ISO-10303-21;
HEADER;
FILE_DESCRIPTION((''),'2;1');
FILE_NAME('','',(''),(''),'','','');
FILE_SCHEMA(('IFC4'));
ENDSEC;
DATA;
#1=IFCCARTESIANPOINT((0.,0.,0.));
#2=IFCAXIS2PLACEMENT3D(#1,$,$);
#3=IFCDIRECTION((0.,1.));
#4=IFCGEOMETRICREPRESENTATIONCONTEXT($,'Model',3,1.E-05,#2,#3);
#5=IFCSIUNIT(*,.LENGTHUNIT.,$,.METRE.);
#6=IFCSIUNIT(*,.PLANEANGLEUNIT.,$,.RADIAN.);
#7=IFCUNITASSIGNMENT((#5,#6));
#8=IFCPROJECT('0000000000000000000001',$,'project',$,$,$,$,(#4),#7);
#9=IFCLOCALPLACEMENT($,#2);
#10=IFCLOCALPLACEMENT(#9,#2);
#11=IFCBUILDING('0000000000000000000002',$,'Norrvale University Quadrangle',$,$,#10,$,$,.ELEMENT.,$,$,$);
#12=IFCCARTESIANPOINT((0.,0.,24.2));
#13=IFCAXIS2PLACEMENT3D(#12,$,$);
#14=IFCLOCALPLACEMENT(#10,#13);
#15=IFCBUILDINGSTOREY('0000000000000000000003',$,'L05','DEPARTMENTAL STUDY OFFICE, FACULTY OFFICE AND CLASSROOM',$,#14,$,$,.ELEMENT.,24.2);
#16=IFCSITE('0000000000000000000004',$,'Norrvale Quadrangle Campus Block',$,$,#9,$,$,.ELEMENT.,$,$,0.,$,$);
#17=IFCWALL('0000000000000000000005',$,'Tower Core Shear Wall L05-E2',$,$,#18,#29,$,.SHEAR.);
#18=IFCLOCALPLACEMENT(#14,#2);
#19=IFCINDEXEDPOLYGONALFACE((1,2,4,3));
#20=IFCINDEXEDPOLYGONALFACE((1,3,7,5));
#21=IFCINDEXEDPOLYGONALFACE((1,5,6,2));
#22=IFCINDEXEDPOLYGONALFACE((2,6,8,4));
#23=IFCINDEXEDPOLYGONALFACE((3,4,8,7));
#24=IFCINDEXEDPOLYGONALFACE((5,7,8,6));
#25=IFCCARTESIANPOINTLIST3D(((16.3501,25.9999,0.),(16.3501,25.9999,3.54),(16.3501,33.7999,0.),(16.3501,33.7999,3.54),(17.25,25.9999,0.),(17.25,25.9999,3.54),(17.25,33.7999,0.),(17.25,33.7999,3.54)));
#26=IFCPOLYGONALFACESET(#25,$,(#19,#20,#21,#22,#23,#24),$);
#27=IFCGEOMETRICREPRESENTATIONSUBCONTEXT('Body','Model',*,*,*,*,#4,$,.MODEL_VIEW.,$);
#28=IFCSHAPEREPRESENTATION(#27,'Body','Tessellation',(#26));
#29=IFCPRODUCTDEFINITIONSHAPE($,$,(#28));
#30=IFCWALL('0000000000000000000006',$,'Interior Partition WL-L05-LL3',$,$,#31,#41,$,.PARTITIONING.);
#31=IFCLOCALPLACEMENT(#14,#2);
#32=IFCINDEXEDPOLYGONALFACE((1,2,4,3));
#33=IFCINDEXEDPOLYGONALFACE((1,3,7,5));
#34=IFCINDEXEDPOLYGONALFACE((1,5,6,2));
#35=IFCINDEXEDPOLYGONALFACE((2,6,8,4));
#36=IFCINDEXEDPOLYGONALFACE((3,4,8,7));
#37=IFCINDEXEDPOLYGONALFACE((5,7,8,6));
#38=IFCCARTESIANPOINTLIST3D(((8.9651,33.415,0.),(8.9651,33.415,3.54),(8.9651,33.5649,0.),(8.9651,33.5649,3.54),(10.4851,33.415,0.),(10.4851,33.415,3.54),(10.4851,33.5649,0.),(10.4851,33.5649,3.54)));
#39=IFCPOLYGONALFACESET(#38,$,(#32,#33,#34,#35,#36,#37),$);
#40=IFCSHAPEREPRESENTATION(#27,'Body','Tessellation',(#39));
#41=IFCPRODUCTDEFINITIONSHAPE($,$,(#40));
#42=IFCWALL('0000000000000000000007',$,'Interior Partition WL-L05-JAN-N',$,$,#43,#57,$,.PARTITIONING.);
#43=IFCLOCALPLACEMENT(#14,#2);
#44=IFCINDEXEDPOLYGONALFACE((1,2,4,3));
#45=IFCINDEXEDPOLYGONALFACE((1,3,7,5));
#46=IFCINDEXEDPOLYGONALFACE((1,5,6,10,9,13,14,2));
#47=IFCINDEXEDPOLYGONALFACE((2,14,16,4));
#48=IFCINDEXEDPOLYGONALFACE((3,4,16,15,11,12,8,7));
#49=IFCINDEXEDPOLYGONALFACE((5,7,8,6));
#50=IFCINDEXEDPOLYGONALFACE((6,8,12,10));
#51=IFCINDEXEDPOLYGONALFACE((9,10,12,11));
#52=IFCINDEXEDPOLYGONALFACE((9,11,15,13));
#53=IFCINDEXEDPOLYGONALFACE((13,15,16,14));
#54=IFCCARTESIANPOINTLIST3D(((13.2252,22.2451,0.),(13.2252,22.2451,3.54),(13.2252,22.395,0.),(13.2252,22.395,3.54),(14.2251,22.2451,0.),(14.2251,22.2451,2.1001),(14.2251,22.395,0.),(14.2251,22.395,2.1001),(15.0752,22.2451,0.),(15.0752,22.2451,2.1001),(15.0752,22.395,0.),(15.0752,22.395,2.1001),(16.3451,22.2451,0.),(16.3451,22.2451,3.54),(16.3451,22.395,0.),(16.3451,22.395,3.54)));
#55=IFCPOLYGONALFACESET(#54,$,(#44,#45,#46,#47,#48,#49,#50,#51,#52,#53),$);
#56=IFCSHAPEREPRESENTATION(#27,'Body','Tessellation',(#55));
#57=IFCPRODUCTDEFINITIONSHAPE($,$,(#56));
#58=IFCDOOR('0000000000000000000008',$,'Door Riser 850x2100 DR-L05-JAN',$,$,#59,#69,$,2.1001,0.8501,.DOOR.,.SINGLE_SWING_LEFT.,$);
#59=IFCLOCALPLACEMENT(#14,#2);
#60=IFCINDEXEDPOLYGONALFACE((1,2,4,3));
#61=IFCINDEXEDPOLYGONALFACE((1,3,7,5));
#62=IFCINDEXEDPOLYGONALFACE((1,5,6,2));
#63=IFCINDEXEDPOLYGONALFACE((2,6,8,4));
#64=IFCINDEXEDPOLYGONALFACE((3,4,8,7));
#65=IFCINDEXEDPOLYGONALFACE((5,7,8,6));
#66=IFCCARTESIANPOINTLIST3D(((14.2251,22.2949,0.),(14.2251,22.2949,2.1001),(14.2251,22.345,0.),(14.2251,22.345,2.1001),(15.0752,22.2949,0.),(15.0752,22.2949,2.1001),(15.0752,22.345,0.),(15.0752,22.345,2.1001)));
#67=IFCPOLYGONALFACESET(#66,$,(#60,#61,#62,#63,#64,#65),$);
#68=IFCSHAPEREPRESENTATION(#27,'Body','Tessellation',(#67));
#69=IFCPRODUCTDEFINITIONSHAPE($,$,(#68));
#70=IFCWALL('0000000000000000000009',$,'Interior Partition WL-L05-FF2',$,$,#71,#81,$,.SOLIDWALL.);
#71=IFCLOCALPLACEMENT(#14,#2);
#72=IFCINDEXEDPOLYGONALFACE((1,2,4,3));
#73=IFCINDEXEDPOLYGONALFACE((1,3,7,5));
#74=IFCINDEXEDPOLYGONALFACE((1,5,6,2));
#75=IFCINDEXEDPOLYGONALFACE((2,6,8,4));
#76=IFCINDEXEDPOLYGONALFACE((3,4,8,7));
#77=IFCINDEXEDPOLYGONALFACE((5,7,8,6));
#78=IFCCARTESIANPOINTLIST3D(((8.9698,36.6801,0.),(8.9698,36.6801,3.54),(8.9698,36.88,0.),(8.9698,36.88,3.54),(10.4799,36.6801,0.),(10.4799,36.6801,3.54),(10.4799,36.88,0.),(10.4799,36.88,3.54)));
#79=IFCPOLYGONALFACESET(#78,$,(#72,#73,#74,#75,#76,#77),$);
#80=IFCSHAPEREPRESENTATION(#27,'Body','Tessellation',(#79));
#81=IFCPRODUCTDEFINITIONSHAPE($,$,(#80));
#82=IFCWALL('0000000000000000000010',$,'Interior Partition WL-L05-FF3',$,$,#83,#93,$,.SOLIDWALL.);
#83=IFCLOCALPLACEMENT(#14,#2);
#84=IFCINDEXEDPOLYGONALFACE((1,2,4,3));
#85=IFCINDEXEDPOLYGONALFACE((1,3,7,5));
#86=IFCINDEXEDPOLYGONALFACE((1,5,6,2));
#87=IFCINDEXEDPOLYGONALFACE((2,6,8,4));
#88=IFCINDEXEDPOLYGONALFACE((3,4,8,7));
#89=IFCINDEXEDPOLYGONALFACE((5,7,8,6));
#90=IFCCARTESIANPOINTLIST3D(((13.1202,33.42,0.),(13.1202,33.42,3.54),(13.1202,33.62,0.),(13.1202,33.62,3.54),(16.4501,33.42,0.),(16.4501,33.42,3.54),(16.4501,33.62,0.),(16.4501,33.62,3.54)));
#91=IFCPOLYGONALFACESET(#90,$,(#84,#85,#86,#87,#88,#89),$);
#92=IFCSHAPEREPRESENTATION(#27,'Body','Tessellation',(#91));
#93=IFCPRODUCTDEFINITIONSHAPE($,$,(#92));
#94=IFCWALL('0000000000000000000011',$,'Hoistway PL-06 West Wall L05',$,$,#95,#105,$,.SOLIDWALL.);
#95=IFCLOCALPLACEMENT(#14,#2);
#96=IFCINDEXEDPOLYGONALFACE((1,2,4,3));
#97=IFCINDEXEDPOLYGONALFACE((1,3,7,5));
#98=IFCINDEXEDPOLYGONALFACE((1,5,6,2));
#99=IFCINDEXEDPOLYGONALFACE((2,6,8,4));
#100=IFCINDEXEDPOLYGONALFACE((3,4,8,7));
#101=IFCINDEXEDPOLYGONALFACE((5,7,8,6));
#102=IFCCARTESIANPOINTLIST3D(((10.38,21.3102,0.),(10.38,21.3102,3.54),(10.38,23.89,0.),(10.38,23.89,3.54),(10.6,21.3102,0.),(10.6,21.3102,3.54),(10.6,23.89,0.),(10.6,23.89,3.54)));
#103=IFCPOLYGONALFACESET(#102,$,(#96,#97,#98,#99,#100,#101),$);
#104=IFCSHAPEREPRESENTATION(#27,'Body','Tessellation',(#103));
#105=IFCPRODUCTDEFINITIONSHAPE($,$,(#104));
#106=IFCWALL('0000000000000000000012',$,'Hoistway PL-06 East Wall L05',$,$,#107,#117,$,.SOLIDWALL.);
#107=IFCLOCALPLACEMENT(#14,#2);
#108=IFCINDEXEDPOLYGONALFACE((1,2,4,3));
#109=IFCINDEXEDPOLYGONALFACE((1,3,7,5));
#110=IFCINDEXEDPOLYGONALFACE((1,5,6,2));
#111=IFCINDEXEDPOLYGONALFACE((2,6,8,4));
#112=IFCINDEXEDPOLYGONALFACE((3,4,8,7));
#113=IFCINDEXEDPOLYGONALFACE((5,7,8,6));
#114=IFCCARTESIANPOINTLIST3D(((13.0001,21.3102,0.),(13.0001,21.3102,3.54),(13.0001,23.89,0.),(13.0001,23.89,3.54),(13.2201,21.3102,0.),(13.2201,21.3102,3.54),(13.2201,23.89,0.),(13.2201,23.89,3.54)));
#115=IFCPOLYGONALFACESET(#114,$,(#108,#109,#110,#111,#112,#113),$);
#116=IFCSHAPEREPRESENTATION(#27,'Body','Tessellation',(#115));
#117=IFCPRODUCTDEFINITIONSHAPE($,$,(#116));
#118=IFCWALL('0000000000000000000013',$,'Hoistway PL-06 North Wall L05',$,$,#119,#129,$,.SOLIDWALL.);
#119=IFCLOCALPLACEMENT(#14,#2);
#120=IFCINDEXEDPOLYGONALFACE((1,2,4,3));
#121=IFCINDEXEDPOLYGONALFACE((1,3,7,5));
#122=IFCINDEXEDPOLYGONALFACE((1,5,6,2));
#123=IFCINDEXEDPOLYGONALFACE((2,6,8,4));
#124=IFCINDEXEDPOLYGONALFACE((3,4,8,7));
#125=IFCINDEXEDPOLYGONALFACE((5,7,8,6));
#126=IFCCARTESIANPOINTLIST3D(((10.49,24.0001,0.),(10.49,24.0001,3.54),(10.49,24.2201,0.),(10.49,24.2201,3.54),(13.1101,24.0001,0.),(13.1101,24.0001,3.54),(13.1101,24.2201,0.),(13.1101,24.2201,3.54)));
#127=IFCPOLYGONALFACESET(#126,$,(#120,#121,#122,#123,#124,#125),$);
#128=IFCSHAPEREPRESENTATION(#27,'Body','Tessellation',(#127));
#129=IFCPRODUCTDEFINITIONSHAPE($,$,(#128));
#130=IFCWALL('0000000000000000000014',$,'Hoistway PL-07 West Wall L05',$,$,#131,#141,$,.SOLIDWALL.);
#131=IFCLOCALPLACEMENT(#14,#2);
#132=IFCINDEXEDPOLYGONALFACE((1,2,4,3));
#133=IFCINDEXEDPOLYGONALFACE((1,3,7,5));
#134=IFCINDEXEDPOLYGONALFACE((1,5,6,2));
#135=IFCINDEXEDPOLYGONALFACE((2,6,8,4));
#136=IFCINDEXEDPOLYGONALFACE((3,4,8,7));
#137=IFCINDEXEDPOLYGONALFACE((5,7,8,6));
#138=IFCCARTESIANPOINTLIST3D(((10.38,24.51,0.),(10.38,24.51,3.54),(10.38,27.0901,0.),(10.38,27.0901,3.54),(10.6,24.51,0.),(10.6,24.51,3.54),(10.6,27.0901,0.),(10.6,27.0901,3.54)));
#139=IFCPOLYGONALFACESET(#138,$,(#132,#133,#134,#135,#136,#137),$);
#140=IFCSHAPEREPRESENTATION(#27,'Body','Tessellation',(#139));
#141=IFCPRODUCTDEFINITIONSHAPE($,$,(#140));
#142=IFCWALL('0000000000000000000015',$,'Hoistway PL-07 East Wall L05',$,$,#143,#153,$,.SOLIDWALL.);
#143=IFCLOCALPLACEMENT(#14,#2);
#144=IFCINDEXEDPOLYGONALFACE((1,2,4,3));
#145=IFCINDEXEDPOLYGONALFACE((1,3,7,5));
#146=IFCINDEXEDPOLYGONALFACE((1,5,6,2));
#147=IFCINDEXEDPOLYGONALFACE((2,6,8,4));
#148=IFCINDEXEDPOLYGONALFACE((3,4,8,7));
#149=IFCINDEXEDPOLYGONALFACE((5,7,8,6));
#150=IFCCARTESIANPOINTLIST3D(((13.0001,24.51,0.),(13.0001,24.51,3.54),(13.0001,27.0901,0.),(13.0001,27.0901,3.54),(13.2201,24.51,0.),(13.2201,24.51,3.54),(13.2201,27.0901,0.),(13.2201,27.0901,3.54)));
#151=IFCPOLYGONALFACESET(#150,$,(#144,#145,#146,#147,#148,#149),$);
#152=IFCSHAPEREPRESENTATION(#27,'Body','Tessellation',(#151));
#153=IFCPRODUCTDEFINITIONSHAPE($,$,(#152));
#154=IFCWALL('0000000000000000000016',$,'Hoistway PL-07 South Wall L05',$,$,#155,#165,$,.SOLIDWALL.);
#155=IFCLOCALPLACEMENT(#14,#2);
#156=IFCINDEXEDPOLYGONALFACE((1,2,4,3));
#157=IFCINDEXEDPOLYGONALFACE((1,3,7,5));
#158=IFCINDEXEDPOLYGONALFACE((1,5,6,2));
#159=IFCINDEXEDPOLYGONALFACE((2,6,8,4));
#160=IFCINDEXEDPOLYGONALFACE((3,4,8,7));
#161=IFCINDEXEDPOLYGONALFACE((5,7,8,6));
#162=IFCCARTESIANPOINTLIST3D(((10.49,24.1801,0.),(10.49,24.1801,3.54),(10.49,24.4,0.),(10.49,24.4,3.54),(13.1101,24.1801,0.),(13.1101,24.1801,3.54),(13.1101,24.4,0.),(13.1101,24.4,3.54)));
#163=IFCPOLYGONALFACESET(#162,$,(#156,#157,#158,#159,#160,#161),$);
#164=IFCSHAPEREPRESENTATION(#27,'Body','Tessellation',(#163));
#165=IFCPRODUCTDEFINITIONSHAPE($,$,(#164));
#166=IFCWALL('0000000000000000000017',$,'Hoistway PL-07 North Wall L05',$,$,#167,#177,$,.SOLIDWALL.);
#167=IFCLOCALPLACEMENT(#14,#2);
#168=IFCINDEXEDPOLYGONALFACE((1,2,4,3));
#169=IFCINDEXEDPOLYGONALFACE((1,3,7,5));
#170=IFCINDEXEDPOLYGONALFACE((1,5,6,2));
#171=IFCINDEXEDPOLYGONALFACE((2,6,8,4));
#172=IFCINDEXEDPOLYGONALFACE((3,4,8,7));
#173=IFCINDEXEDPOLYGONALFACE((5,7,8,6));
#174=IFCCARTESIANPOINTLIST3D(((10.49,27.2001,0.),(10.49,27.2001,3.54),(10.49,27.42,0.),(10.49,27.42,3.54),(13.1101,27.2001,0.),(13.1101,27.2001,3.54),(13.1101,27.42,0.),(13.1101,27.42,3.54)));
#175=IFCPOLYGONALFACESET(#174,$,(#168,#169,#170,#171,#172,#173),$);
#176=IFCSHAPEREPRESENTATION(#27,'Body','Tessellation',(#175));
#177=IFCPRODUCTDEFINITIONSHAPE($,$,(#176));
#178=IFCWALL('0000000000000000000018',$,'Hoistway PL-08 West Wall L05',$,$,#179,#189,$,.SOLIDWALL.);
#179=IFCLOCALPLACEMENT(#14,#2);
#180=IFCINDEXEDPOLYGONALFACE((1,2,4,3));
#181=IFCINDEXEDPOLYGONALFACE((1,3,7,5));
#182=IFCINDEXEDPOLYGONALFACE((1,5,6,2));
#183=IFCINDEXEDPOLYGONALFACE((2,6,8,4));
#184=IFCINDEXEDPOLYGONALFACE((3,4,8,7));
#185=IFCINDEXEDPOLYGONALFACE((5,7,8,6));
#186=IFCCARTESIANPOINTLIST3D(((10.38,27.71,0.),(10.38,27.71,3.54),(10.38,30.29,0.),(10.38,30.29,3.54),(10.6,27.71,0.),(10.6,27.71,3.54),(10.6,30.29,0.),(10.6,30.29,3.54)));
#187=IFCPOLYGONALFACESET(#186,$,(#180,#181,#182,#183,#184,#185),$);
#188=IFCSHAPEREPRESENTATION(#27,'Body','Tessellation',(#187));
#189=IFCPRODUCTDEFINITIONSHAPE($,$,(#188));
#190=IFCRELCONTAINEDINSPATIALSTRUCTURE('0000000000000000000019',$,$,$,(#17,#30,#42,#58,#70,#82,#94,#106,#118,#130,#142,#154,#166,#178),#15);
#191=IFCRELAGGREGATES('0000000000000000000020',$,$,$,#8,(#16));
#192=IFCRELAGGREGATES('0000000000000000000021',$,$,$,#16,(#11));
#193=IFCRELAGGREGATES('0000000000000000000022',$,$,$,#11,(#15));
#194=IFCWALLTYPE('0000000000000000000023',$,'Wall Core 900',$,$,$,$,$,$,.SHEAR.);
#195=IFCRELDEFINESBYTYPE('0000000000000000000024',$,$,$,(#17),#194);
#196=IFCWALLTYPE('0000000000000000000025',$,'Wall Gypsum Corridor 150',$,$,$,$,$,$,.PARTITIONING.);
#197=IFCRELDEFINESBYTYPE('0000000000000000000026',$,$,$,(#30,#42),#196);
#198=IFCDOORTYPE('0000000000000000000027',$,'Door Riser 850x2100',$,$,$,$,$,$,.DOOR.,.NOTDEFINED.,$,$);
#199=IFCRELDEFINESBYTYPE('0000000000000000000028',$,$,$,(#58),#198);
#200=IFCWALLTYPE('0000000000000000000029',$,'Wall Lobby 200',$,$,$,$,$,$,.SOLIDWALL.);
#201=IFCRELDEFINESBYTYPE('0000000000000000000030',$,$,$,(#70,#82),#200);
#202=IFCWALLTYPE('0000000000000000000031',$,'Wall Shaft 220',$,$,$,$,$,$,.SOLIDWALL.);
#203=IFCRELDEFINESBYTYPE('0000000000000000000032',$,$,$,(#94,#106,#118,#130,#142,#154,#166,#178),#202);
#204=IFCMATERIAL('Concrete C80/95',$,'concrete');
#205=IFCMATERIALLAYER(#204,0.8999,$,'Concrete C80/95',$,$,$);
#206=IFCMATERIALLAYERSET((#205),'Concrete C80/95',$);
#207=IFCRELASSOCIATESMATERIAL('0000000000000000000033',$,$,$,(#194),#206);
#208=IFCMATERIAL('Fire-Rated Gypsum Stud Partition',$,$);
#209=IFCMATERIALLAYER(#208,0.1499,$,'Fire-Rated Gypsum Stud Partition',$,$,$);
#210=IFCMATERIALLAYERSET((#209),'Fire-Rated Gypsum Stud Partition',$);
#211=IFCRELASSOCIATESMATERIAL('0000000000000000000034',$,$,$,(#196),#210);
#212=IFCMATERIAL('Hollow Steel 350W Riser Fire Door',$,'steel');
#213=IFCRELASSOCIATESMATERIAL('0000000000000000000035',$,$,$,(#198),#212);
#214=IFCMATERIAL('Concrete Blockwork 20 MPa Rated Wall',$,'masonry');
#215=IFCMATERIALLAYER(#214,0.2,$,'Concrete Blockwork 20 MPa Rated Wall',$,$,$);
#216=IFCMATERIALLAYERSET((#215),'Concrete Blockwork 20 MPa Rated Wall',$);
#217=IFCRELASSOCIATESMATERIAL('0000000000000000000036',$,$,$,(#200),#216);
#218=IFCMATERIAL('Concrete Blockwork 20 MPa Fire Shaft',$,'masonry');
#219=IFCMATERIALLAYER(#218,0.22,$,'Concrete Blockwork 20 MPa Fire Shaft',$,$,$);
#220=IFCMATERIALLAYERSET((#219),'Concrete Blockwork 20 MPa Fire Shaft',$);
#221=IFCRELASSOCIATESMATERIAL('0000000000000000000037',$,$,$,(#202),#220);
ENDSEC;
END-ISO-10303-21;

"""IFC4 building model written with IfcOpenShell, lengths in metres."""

from ifc_helpers import new_model, si_unit, direction, frame, frame_2d, origin, place, context, subcontext, project, spatial, rectangle, extrude, material, layer, layer_set, type_object, element, fill, save


model = new_model("IFC4")

# Units and contexts
model_context = context("Model", 3, precision=1e-05, world=origin(), true_north=direction((0.0, 1.0)))
body_context = subcontext(model_context, "Body", "Model", "MODEL_VIEW")
ifc_project = project(units=[si_unit("LENGTHUNIT", "METRE"), si_unit("PLANEANGLEUNIT", "RADIAN")], contexts=[model_context])

# Site, building, storey
site_placement = place(None, origin())
site = spatial("IfcSite", under=ifc_project, at=site_placement, Name="Norrvale Quadrangle Campus Block", CompositionType="ELEMENT", RefElevation=0.0)
building_placement = place(site_placement, origin())
building = spatial("IfcBuilding", under=site, at=building_placement, Name="Norrvale University Quadrangle", CompositionType="ELEMENT")
storey_placement = place(building_placement, frame((0.0, 0.0, 24.2)))
storey = spatial("IfcBuildingStorey", under=building, at=storey_placement, Name="L05", Description="DEPARTMENTAL STUDY OFFICE, FACULTY OFFICE AND CLASSROOM", CompositionType="ELEMENT", Elevation=24.2)

# Wall
ifc_material_1 = material(Name="Concrete C80/95", Category="concrete")
ifc_layer_1 = layer(ifc_material_1, 0.8999, Name="Concrete C80/95")
ifc_layer_set_1 = layer_set([ifc_layer_1], Name="Concrete C80/95")
wall_type_1 = type_object("IfcWallType", Name="Wall Core 900", PredefinedType="SHEAR", material=ifc_layer_set_1)
wall_1_placement = place(storey_placement, frame((16.8, 26.0, 0.0), z_axis=(0.0, 0.0, 1.0), x_axis=(0.0, 1.0, 0.0)))
element("IfcWall", 1, at=wall_1_placement, inside=storey, type_object=wall_type_1, Name="Tower Core Shear Wall L05-E2", PredefinedType="SHEAR", context=body_context, shape_type="SweptSolid", body=[
    extrude(rectangle(XDim=7.8, YDim=0.8999, at=frame_2d((3.8999, 0.0))), origin(), (0.0, 0.0, 1.0), 3.54),
])

# Wall
ifc_material_2 = material(Name="Fire-Rated Gypsum Stud Partition")
ifc_layer_2 = layer(ifc_material_2, 0.1499, Name="Fire-Rated Gypsum Stud Partition")
ifc_layer_set_2 = layer_set([ifc_layer_2], Name="Fire-Rated Gypsum Stud Partition")
wall_type_2 = type_object("IfcWallType", Name="Wall Gypsum Corridor 150", PredefinedType="PARTITIONING", material=ifc_layer_set_2)
wall_2_placement = place(storey_placement, frame((8.9651, 33.49, 0.0), z_axis=(0.0, 0.0, 1.0), x_axis=(1.0, 0.0, 0.0)))
element("IfcWall", 2, at=wall_2_placement, inside=storey, type_object=wall_type_2, Name="Interior Partition WL-L05-LL3", PredefinedType="PARTITIONING", context=body_context, shape_type="SweptSolid", body=[
    extrude(rectangle(XDim=1.52, YDim=0.1499, at=frame_2d((0.76, 0.0))), origin(), (0.0, 0.0, 1.0), 3.54),
])

# Wall, opening, door
wall_3_placement = place(storey_placement, frame((13.2251, 22.3201, 0.0), z_axis=(0.0, 0.0, 1.0), x_axis=(1.0, 0.0, 0.0)))
wall_3 = element("IfcWall", 3, at=wall_3_placement, inside=storey, type_object=wall_type_2, Name="Interior Partition WL-L05-JAN-N", PredefinedType="PARTITIONING", context=body_context, shape_type="SweptSolid", body=[
    extrude(rectangle(XDim=3.1199, YDim=0.1499, at=frame_2d((1.5601, 0.0))), origin(), (0.0, 0.0, 1.0), 3.54),
])
opening_1_placement = place(wall_3_placement, frame((1.0, 0.0, 0.0)))
opening_1 = element("IfcOpeningElement", 4, at=opening_1_placement, cuts=wall_3, PredefinedType="OPENING", context=body_context, shape_type="SweptSolid", body=[
    extrude(rectangle(XDim=0.8501, YDim=2.1001, at=frame_2d((0.425, 1.05))), frame((0.0, 0.0869, 0.0), z_axis=(0.0, -1.0, 0.0), x_axis=(1.0, 0.0, 0.0)), (0.0, 0.0, 1.0), 0.1738),
])
ifc_material_3 = material(Name="Hollow Steel 350W Riser Fire Door", Category="steel")
door_type_1 = type_object("IfcDoorType", Name="Door Riser 850x2100", OperationType="NOTDEFINED", PredefinedType="DOOR", material=ifc_material_3)
door_1_placement = place(opening_1_placement, origin())
door_1 = element("IfcDoor", 5, at=door_1_placement, inside=storey, type_object=door_type_1, Name="Door Riser 850x2100 DR-L05-JAN", OperationType="SINGLE_SWING_LEFT", OverallHeight=2.1001, OverallWidth=0.8501, PredefinedType="DOOR", context=body_context, shape_type="SweptSolid", body=[
    extrude(rectangle(XDim=0.8501, YDim=2.1001, at=frame_2d((0.425, 1.05))), frame((0.0, 0.0249, 0.0), z_axis=(0.0, -1.0, 0.0), x_axis=(1.0, 0.0, 0.0)), (0.0, 0.0, 1.0), 0.05),
])
fill(opening_1, door_1)

# Walls
ifc_material_4 = material(Name="Concrete Blockwork 20 MPa Rated Wall", Category="masonry")
ifc_layer_3 = layer(ifc_material_4, 0.2, Name="Concrete Blockwork 20 MPa Rated Wall")
ifc_layer_set_3 = layer_set([ifc_layer_3], Name="Concrete Blockwork 20 MPa Rated Wall")
wall_type_3 = type_object("IfcWallType", Name="Wall Lobby 200", PredefinedType="SOLIDWALL", material=ifc_layer_set_3)
wall_4_placement = place(storey_placement, frame((8.97, 36.78, 0.0), z_axis=(0.0, 0.0, 1.0), x_axis=(1.0, 0.0, 0.0)))
element("IfcWall", 6, at=wall_4_placement, inside=storey, type_object=wall_type_3, Name="Interior Partition WL-L05-FF2", PredefinedType="SOLIDWALL", context=body_context, shape_type="SweptSolid", body=[
    extrude(rectangle(XDim=1.51, YDim=0.2, at=frame_2d((0.7549, 0.0))), origin(), (0.0, 0.0, 1.0), 3.54),
])
wall_5_placement = place(storey_placement, frame((13.1201, 33.52, 0.0), z_axis=(0.0, 0.0, 1.0), x_axis=(1.0, 0.0, 0.0)))
element("IfcWall", 7, at=wall_5_placement, inside=storey, type_object=wall_type_3, Name="Interior Partition WL-L05-FF3", PredefinedType="SOLIDWALL", context=body_context, shape_type="SweptSolid", body=[
    extrude(rectangle(XDim=3.3298, YDim=0.2, at=frame_2d((1.665, 0.0))), origin(), (0.0, 0.0, 1.0), 3.54),
])
ifc_material_5 = material(Name="Concrete Blockwork 20 MPa Fire Shaft", Category="masonry")
ifc_layer_4 = layer(ifc_material_5, 0.22, Name="Concrete Blockwork 20 MPa Fire Shaft")
ifc_layer_set_4 = layer_set([ifc_layer_4], Name="Concrete Blockwork 20 MPa Fire Shaft")
wall_type_4 = type_object("IfcWallType", Name="Wall Shaft 220", PredefinedType="SOLIDWALL", material=ifc_layer_set_4)
for number, where, z_axis, x_axis, name in (
    (8, (10.49, 21.3101, 0.0), (0.0, 0.0, 1.0), (0.0, 1.0, 0.0), "Hoistway PL-06 West Wall L05"),
    (9, (13.1101, 21.3101, 0.0), (0.0, 0.0, 1.0), (0.0, 1.0, 0.0), "Hoistway PL-06 East Wall L05"),
):
    element("IfcWall", number, at=place(storey_placement, frame(where, z_axis=z_axis, x_axis=x_axis)), inside=storey, type_object=wall_type_4, Name=name, PredefinedType="SOLIDWALL", context=body_context, shape_type="SweptSolid", body=[
        extrude(rectangle(XDim=2.5798, YDim=0.22, at=frame_2d((1.29, 0.0))), origin(), (0.0, 0.0, 1.0), 3.54),
    ])
wall_6_placement = place(storey_placement, frame((10.49, 24.1101, 0.0), z_axis=(0.0, 0.0, 1.0), x_axis=(1.0, 0.0, 0.0)))
element("IfcWall", 10, at=wall_6_placement, inside=storey, type_object=wall_type_4, Name="Hoistway PL-06 North Wall L05", PredefinedType="SOLIDWALL", context=body_context, shape_type="SweptSolid", body=[
    extrude(rectangle(XDim=2.6201, YDim=0.22, at=frame_2d((1.3101, 0.0))), origin(), (0.0, 0.0, 1.0), 3.54),
])
for number, where, z_axis, x_axis, name in (
    (11, (10.49, 24.51, 0.0), (0.0, 0.0, 1.0), (0.0, 1.0, 0.0), "Hoistway PL-07 West Wall L05"),
    (12, (13.1101, 24.51, 0.0), (0.0, 0.0, 1.0), (0.0, 1.0, 0.0), "Hoistway PL-07 East Wall L05"),
):
    element("IfcWall", number, at=place(storey_placement, frame(where, z_axis=z_axis, x_axis=x_axis)), inside=storey, type_object=wall_type_4, Name=name, PredefinedType="SOLIDWALL", context=body_context, shape_type="SweptSolid", body=[
        extrude(rectangle(XDim=2.5801, YDim=0.22, at=frame_2d((1.29, 0.0))), origin(), (0.0, 0.0, 1.0), 3.54),
    ])
for number, where, z_axis, x_axis, name in (
    (13, (10.49, 24.29, 0.0), (0.0, 0.0, 1.0), (1.0, 0.0, 0.0), "Hoistway PL-07 South Wall L05"),
    (14, (10.49, 27.3101, 0.0), (0.0, 0.0, 1.0), (1.0, 0.0, 0.0), "Hoistway PL-07 North Wall L05"),
):
    element("IfcWall", number, at=place(storey_placement, frame(where, z_axis=z_axis, x_axis=x_axis)), inside=storey, type_object=wall_type_4, Name=name, PredefinedType="SOLIDWALL", context=body_context, shape_type="SweptSolid", body=[
        extrude(rectangle(XDim=2.6201, YDim=0.22, at=frame_2d((1.3101, 0.0))), origin(), (0.0, 0.0, 1.0), 3.54),
    ])
for number, where, z_axis, x_axis, name in (
    (15, (10.49, 27.71, 0.0), (0.0, 0.0, 1.0), (0.0, 1.0, 0.0), "Hoistway PL-08 West Wall L05"),
):
    element("IfcWall", number, at=place(storey_placement, frame(where, z_axis=z_axis, x_axis=x_axis)), inside=storey, type_object=wall_type_4, Name=name, PredefinedType="SOLIDWALL", context=body_context, shape_type="SweptSolid", body=[
        extrude(rectangle(XDim=2.5801, YDim=0.22, at=frame_2d((1.29, 0.0))), origin(), (0.0, 0.0, 1.0), 3.54),
    ])

save(model, "model.ifc")
